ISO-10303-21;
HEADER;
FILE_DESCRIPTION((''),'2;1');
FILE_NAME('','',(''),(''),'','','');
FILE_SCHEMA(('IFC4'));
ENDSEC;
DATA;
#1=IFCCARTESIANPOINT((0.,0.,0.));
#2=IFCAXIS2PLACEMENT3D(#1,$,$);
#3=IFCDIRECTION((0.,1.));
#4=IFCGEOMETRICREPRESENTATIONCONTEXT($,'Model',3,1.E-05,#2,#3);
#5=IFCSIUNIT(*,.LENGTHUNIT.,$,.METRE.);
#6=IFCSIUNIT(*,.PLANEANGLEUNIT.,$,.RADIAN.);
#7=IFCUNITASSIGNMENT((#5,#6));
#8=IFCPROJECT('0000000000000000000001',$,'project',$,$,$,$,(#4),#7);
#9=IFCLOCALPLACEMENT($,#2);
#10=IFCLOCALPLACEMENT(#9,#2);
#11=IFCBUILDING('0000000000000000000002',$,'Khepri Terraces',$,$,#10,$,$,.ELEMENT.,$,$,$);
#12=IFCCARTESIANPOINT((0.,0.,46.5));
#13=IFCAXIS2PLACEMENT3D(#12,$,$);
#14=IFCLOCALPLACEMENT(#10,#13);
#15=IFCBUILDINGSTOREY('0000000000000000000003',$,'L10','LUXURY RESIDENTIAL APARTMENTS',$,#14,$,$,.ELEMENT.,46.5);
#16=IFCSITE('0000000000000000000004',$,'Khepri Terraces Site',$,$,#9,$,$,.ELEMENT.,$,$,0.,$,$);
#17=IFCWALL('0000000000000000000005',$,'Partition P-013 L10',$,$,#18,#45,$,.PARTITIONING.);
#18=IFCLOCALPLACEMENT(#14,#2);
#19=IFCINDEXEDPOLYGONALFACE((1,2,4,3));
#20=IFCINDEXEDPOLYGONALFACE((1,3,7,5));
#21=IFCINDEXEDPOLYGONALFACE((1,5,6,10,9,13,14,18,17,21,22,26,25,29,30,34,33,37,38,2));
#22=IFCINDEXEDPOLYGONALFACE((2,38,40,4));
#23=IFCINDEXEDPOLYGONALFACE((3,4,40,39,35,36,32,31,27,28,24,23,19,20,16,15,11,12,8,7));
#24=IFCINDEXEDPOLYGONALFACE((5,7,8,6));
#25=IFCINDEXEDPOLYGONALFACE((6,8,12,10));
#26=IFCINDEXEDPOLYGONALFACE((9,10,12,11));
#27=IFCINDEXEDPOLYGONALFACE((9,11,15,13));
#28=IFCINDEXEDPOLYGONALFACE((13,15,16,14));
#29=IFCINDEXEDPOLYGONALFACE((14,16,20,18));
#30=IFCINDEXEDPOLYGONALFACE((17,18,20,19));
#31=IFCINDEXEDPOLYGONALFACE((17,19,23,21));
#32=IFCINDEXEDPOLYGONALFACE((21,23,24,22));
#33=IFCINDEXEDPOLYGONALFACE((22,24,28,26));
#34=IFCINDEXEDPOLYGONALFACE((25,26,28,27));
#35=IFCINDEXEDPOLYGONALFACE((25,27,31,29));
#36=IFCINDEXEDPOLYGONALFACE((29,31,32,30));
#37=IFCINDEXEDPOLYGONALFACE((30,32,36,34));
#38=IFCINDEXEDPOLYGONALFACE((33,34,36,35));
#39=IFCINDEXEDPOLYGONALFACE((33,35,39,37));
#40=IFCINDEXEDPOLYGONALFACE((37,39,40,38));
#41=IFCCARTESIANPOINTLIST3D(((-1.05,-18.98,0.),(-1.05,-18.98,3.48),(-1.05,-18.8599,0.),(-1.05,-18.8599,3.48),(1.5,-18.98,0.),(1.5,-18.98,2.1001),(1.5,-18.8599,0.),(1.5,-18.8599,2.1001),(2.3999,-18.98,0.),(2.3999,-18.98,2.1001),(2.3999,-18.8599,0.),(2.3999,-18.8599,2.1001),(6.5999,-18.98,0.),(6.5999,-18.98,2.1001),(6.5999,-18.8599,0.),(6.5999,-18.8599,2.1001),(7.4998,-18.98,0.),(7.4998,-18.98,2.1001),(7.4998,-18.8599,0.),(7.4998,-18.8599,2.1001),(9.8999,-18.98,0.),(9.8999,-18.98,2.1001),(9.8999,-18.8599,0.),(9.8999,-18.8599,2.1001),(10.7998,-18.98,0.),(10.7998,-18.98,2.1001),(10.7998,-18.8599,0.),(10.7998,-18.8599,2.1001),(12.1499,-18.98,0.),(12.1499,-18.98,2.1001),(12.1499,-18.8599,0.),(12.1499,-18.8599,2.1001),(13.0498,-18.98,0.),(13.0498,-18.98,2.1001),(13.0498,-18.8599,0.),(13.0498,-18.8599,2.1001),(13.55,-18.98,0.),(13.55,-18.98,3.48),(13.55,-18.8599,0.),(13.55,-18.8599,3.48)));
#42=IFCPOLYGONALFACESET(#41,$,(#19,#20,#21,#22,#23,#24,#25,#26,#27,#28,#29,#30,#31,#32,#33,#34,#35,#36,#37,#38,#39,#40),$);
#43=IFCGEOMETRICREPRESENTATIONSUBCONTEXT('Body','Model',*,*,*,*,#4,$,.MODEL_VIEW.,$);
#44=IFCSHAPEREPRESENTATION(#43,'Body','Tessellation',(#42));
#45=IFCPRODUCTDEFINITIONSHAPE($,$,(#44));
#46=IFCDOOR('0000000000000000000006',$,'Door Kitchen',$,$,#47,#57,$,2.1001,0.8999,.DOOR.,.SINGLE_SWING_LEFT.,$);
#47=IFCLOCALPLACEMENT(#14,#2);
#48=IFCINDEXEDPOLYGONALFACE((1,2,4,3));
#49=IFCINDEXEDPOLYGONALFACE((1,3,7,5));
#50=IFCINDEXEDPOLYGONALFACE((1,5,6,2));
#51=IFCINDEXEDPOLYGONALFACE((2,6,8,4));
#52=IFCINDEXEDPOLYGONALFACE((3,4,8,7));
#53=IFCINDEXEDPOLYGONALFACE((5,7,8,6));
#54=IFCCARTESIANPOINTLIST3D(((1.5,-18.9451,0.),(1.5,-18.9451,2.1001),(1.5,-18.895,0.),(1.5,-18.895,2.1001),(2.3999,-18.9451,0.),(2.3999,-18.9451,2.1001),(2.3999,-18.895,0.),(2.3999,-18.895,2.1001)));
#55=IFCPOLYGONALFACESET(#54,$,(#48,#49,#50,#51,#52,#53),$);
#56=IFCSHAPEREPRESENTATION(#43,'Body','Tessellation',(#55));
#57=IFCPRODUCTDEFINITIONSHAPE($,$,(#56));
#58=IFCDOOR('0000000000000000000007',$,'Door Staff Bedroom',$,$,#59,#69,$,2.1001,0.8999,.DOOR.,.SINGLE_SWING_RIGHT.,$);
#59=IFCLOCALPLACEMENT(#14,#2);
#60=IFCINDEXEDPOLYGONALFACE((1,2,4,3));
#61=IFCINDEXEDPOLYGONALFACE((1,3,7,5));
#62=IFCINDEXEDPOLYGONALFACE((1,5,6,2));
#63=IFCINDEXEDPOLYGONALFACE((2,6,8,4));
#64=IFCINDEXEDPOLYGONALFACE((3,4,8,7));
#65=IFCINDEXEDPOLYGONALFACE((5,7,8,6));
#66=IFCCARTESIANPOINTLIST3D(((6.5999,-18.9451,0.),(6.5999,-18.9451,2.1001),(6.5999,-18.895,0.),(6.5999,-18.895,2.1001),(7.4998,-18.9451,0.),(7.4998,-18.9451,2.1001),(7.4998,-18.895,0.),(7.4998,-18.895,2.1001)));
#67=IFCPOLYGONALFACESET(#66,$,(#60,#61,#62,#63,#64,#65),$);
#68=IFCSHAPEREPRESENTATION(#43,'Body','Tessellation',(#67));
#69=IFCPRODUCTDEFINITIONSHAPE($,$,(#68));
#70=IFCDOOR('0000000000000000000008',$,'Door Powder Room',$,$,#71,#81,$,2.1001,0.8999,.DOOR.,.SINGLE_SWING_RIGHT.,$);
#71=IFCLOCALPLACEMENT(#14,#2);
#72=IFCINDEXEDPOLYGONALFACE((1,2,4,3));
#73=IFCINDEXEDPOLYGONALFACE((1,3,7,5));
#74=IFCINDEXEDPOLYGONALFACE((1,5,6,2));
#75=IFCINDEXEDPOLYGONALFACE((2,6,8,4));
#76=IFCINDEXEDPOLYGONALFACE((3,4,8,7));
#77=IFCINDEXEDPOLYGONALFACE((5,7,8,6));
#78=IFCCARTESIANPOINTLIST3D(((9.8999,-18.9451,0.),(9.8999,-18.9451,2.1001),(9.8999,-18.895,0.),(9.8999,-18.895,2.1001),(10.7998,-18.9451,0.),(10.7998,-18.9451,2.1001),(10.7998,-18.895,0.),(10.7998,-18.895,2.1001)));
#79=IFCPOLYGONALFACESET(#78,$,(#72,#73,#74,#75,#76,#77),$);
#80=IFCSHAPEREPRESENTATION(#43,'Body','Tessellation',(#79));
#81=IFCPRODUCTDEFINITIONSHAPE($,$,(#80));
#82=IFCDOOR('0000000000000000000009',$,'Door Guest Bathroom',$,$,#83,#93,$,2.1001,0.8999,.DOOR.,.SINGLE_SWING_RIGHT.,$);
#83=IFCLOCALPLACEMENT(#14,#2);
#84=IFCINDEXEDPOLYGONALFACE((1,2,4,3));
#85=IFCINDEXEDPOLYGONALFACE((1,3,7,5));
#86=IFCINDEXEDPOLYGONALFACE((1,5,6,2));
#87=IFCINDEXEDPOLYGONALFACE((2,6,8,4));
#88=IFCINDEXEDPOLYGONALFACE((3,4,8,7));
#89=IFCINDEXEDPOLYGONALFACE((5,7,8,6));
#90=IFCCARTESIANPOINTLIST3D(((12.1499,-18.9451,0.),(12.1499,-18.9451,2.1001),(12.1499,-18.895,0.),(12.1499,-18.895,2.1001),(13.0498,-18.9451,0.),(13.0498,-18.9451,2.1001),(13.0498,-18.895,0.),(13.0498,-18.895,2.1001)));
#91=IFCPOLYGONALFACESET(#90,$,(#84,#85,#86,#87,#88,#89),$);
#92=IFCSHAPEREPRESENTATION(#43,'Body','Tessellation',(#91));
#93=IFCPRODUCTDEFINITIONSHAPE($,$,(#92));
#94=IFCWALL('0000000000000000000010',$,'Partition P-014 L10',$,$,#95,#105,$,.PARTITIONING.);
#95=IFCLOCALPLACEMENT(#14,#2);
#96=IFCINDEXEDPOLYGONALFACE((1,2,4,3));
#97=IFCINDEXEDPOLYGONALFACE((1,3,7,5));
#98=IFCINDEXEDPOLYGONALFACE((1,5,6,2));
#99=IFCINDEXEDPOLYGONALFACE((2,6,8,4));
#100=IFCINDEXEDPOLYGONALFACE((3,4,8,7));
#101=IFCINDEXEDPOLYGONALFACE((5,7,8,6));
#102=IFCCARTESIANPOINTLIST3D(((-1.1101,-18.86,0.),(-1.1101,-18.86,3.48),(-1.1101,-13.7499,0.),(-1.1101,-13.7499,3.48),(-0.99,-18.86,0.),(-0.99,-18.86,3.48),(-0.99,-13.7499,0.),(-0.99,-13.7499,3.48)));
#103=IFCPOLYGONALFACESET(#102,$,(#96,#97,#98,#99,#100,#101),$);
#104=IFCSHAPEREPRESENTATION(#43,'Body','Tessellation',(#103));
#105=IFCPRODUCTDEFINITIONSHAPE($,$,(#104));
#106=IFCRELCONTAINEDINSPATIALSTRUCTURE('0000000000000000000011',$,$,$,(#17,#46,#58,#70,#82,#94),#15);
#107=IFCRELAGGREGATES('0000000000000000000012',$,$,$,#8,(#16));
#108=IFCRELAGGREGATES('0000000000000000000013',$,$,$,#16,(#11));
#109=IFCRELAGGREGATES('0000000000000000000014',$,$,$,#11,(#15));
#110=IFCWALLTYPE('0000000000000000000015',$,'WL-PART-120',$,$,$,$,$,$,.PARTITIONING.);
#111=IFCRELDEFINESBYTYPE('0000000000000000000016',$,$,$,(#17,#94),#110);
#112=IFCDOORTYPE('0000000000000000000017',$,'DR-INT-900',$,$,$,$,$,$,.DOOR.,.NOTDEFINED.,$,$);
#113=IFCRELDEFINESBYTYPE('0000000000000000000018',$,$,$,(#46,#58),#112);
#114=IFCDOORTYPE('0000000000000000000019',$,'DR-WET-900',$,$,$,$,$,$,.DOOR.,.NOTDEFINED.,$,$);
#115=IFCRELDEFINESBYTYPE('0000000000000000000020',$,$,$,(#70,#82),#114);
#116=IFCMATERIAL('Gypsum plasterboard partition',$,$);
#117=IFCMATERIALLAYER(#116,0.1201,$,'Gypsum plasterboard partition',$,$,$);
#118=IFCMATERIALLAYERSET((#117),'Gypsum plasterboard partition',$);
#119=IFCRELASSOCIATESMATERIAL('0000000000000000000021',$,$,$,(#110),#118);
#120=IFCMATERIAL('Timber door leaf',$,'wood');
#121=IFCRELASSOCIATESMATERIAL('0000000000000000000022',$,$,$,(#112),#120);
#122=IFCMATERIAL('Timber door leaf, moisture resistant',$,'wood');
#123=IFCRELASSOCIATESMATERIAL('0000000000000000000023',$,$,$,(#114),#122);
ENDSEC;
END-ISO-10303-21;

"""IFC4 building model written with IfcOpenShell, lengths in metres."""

from ifc_helpers import new_model, si_unit, direction, frame, frame_2d, origin, place, context, subcontext, project, spatial, rectangle, extrude, material, layer, layer_set, type_object, element, fill, save


model = new_model("IFC4")

# Units and contexts
model_context = context("Model", 3, precision=1e-05, world=origin(), true_north=direction((0.0, 1.0)))
body_context = subcontext(model_context, "Body", "Model", "MODEL_VIEW")
ifc_project = project(units=[si_unit("LENGTHUNIT", "METRE"), si_unit("PLANEANGLEUNIT", "RADIAN")], contexts=[model_context])

# Site, building, storey
site_placement = place(None, origin())
site = spatial("IfcSite", under=ifc_project, at=site_placement, Name="Khepri Terraces Site", CompositionType="ELEMENT", RefElevation=0.0)
building_placement = place(site_placement, origin())
building = spatial("IfcBuilding", under=site, at=building_placement, Name="Khepri Terraces", CompositionType="ELEMENT")
storey_placement = place(building_placement, frame((0.0, 0.0, 46.5)))
storey = spatial("IfcBuildingStorey", under=building, at=storey_placement, Name="L10", Description="LUXURY RESIDENTIAL APARTMENTS", CompositionType="ELEMENT", Elevation=46.5)

# Shared definitions
ifc_material_1 = material(Name="Gypsum plasterboard partition")
ifc_layer_1 = layer(ifc_material_1, 0.1201, Name="Gypsum plasterboard partition")
ifc_layer_set_1 = layer_set([ifc_layer_1], Name="Gypsum plasterboard partition")
wall_type_1 = type_object("IfcWallType", Name="WL-PART-120", PredefinedType="PARTITIONING", material=ifc_layer_set_1)

# Wall, openings, doors
wall_1_placement = place(storey_placement, frame((-1.05, -18.9199, 0.0), z_axis=(0.0, 0.0, 1.0), x_axis=(1.0, 0.0, 0.0)))
wall_1 = element("IfcWall", 1, at=wall_1_placement, inside=storey, type_object=wall_type_1, Name="Partition P-013 L10", PredefinedType="PARTITIONING", context=body_context, shape_type="SweptSolid", body=[
    extrude(rectangle(XDim=14.6001, YDim=0.1201, at=frame_2d((7.3, 0.0))), origin(), (0.0, 0.0, 1.0), 3.48),
])
opening_1_placement = place(wall_1_placement, frame((2.55, 0.0, 0.0)))
opening_1 = element("IfcOpeningElement", 2, at=opening_1_placement, cuts=wall_1, PredefinedType="OPENING", context=body_context, shape_type="SweptSolid", body=[
    extrude(rectangle(XDim=0.8999, YDim=2.1001, at=frame_2d((0.45, 1.05))), frame((0.0, 0.0701, 0.0), z_axis=(0.0, -1.0, 0.0), x_axis=(1.0, 0.0, 0.0)), (0.0, 0.0, 1.0), 0.1401),
])
opening_2_placement = place(wall_1_placement, frame((7.6499, 0.0, 0.0)))
opening_2 = element("IfcOpeningElement", 3, at=opening_2_placement, cuts=wall_1, PredefinedType="OPENING", context=body_context, shape_type="SweptSolid", body=[
    extrude(rectangle(XDim=0.8999, YDim=2.1001, at=frame_2d((0.45, 1.05))), frame((0.0, 0.0701, 0.0), z_axis=(0.0, -1.0, 0.0), x_axis=(1.0, 0.0, 0.0)), (0.0, 0.0, 1.0), 0.1401),
])
opening_3_placement = place(wall_1_placement, frame((10.95, 0.0, 0.0)))
opening_3 = element("IfcOpeningElement", 4, at=opening_3_placement, cuts=wall_1, PredefinedType="OPENING", context=body_context, shape_type="SweptSolid", body=[
    extrude(rectangle(XDim=0.8999, YDim=2.1001, at=frame_2d((0.45, 1.05))), frame((0.0, 0.0701, 0.0), z_axis=(0.0, -1.0, 0.0), x_axis=(1.0, 0.0, 0.0)), (0.0, 0.0, 1.0), 0.1401),
])
opening_4_placement = place(wall_1_placement, frame((13.2, 0.0, 0.0)))
opening_4 = element("IfcOpeningElement", 5, at=opening_4_placement, cuts=wall_1, PredefinedType="OPENING", context=body_context, shape_type="SweptSolid", body=[
    extrude(rectangle(XDim=0.8999, YDim=2.1001, at=frame_2d((0.45, 1.05))), frame((0.0, 0.0701, 0.0), z_axis=(0.0, -1.0, 0.0), x_axis=(1.0, 0.0, 0.0)), (0.0, 0.0, 1.0), 0.1401),
])
ifc_material_2 = material(Name="Timber door leaf", Category="wood")
door_type_1 = type_object("IfcDoorType", Name="DR-INT-900", OperationType="NOTDEFINED", PredefinedType="DOOR", material=ifc_material_2)
door_1_placement = place(opening_1_placement, origin())
door_1 = element("IfcDoor", 6, at=door_1_placement, inside=storey, type_object=door_type_1, Name="Door Kitchen", OperationType="SINGLE_SWING_LEFT", OverallHeight=2.1001, OverallWidth=0.8999, PredefinedType="DOOR", context=body_context, shape_type="SweptSolid", body=[
    extrude(rectangle(XDim=0.8999, YDim=2.1001, at=frame_2d((0.45, 1.05))), frame((0.0, 0.0249, 0.0), z_axis=(0.0, -1.0, 0.0), x_axis=(1.0, 0.0, 0.0)), (0.0, 0.0, 1.0), 0.05),
])
fill(opening_1, door_1)
door_2_placement = place(opening_2_placement, origin())
door_2 = element("IfcDoor", 7, at=door_2_placement, inside=storey, type_object=door_type_1, Name="Door Staff Bedroom", OperationType="SINGLE_SWING_RIGHT", OverallHeight=2.1001, OverallWidth=0.8999, PredefinedType="DOOR", context=body_context, shape_type="SweptSolid", body=[
    extrude(rectangle(XDim=0.8999, YDim=2.1001, at=frame_2d((0.45, 1.05))), frame((0.0, 0.0249, 0.0), z_axis=(0.0, -1.0, 0.0), x_axis=(1.0, 0.0, 0.0)), (0.0, 0.0, 1.0), 0.05),
])
fill(opening_2, door_2)
ifc_material_3 = material(Name="Timber door leaf, moisture resistant", Category="wood")
door_type_2 = type_object("IfcDoorType", Name="DR-WET-900", OperationType="NOTDEFINED", PredefinedType="DOOR", material=ifc_material_3)
door_3_placement = place(opening_3_placement, origin())
door_3 = element("IfcDoor", 8, at=door_3_placement, inside=storey, type_object=door_type_2, Name="Door Powder Room", OperationType="SINGLE_SWING_RIGHT", OverallHeight=2.1001, OverallWidth=0.8999, PredefinedType="DOOR", context=body_context, shape_type="SweptSolid", body=[
    extrude(rectangle(XDim=0.8999, YDim=2.1001, at=frame_2d((0.45, 1.05))), frame((0.0, 0.0249, 0.0), z_axis=(0.0, -1.0, 0.0), x_axis=(1.0, 0.0, 0.0)), (0.0, 0.0, 1.0), 0.05),
])
fill(opening_3, door_3)
door_4_placement = place(opening_4_placement, origin())
door_4 = element("IfcDoor", 9, at=door_4_placement, inside=storey, type_object=door_type_2, Name="Door Guest Bathroom", OperationType="SINGLE_SWING_RIGHT", OverallHeight=2.1001, OverallWidth=0.8999, PredefinedType="DOOR", context=body_context, shape_type="SweptSolid", body=[
    extrude(rectangle(XDim=0.8999, YDim=2.1001, at=frame_2d((0.45, 1.05))), frame((0.0, 0.0249, 0.0), z_axis=(0.0, -1.0, 0.0), x_axis=(1.0, 0.0, 0.0)), (0.0, 0.0, 1.0), 0.05),
])
fill(opening_4, door_4)

# Wall
wall_2_placement = place(storey_placement, frame((-1.05, -18.8601, 0.0), z_axis=(0.0, 0.0, 1.0), x_axis=(0.0, 1.0, 0.0)))
element("IfcWall", 10, at=wall_2_placement, inside=storey, type_object=wall_type_1, Name="Partition P-014 L10", PredefinedType="PARTITIONING", context=body_context, shape_type="SweptSolid", body=[
    extrude(rectangle(XDim=5.1101, YDim=0.1201, at=frame_2d((2.5552, 0.0))), origin(), (0.0, 0.0, 1.0), 3.48),
])

save(model, "model.ifc")
